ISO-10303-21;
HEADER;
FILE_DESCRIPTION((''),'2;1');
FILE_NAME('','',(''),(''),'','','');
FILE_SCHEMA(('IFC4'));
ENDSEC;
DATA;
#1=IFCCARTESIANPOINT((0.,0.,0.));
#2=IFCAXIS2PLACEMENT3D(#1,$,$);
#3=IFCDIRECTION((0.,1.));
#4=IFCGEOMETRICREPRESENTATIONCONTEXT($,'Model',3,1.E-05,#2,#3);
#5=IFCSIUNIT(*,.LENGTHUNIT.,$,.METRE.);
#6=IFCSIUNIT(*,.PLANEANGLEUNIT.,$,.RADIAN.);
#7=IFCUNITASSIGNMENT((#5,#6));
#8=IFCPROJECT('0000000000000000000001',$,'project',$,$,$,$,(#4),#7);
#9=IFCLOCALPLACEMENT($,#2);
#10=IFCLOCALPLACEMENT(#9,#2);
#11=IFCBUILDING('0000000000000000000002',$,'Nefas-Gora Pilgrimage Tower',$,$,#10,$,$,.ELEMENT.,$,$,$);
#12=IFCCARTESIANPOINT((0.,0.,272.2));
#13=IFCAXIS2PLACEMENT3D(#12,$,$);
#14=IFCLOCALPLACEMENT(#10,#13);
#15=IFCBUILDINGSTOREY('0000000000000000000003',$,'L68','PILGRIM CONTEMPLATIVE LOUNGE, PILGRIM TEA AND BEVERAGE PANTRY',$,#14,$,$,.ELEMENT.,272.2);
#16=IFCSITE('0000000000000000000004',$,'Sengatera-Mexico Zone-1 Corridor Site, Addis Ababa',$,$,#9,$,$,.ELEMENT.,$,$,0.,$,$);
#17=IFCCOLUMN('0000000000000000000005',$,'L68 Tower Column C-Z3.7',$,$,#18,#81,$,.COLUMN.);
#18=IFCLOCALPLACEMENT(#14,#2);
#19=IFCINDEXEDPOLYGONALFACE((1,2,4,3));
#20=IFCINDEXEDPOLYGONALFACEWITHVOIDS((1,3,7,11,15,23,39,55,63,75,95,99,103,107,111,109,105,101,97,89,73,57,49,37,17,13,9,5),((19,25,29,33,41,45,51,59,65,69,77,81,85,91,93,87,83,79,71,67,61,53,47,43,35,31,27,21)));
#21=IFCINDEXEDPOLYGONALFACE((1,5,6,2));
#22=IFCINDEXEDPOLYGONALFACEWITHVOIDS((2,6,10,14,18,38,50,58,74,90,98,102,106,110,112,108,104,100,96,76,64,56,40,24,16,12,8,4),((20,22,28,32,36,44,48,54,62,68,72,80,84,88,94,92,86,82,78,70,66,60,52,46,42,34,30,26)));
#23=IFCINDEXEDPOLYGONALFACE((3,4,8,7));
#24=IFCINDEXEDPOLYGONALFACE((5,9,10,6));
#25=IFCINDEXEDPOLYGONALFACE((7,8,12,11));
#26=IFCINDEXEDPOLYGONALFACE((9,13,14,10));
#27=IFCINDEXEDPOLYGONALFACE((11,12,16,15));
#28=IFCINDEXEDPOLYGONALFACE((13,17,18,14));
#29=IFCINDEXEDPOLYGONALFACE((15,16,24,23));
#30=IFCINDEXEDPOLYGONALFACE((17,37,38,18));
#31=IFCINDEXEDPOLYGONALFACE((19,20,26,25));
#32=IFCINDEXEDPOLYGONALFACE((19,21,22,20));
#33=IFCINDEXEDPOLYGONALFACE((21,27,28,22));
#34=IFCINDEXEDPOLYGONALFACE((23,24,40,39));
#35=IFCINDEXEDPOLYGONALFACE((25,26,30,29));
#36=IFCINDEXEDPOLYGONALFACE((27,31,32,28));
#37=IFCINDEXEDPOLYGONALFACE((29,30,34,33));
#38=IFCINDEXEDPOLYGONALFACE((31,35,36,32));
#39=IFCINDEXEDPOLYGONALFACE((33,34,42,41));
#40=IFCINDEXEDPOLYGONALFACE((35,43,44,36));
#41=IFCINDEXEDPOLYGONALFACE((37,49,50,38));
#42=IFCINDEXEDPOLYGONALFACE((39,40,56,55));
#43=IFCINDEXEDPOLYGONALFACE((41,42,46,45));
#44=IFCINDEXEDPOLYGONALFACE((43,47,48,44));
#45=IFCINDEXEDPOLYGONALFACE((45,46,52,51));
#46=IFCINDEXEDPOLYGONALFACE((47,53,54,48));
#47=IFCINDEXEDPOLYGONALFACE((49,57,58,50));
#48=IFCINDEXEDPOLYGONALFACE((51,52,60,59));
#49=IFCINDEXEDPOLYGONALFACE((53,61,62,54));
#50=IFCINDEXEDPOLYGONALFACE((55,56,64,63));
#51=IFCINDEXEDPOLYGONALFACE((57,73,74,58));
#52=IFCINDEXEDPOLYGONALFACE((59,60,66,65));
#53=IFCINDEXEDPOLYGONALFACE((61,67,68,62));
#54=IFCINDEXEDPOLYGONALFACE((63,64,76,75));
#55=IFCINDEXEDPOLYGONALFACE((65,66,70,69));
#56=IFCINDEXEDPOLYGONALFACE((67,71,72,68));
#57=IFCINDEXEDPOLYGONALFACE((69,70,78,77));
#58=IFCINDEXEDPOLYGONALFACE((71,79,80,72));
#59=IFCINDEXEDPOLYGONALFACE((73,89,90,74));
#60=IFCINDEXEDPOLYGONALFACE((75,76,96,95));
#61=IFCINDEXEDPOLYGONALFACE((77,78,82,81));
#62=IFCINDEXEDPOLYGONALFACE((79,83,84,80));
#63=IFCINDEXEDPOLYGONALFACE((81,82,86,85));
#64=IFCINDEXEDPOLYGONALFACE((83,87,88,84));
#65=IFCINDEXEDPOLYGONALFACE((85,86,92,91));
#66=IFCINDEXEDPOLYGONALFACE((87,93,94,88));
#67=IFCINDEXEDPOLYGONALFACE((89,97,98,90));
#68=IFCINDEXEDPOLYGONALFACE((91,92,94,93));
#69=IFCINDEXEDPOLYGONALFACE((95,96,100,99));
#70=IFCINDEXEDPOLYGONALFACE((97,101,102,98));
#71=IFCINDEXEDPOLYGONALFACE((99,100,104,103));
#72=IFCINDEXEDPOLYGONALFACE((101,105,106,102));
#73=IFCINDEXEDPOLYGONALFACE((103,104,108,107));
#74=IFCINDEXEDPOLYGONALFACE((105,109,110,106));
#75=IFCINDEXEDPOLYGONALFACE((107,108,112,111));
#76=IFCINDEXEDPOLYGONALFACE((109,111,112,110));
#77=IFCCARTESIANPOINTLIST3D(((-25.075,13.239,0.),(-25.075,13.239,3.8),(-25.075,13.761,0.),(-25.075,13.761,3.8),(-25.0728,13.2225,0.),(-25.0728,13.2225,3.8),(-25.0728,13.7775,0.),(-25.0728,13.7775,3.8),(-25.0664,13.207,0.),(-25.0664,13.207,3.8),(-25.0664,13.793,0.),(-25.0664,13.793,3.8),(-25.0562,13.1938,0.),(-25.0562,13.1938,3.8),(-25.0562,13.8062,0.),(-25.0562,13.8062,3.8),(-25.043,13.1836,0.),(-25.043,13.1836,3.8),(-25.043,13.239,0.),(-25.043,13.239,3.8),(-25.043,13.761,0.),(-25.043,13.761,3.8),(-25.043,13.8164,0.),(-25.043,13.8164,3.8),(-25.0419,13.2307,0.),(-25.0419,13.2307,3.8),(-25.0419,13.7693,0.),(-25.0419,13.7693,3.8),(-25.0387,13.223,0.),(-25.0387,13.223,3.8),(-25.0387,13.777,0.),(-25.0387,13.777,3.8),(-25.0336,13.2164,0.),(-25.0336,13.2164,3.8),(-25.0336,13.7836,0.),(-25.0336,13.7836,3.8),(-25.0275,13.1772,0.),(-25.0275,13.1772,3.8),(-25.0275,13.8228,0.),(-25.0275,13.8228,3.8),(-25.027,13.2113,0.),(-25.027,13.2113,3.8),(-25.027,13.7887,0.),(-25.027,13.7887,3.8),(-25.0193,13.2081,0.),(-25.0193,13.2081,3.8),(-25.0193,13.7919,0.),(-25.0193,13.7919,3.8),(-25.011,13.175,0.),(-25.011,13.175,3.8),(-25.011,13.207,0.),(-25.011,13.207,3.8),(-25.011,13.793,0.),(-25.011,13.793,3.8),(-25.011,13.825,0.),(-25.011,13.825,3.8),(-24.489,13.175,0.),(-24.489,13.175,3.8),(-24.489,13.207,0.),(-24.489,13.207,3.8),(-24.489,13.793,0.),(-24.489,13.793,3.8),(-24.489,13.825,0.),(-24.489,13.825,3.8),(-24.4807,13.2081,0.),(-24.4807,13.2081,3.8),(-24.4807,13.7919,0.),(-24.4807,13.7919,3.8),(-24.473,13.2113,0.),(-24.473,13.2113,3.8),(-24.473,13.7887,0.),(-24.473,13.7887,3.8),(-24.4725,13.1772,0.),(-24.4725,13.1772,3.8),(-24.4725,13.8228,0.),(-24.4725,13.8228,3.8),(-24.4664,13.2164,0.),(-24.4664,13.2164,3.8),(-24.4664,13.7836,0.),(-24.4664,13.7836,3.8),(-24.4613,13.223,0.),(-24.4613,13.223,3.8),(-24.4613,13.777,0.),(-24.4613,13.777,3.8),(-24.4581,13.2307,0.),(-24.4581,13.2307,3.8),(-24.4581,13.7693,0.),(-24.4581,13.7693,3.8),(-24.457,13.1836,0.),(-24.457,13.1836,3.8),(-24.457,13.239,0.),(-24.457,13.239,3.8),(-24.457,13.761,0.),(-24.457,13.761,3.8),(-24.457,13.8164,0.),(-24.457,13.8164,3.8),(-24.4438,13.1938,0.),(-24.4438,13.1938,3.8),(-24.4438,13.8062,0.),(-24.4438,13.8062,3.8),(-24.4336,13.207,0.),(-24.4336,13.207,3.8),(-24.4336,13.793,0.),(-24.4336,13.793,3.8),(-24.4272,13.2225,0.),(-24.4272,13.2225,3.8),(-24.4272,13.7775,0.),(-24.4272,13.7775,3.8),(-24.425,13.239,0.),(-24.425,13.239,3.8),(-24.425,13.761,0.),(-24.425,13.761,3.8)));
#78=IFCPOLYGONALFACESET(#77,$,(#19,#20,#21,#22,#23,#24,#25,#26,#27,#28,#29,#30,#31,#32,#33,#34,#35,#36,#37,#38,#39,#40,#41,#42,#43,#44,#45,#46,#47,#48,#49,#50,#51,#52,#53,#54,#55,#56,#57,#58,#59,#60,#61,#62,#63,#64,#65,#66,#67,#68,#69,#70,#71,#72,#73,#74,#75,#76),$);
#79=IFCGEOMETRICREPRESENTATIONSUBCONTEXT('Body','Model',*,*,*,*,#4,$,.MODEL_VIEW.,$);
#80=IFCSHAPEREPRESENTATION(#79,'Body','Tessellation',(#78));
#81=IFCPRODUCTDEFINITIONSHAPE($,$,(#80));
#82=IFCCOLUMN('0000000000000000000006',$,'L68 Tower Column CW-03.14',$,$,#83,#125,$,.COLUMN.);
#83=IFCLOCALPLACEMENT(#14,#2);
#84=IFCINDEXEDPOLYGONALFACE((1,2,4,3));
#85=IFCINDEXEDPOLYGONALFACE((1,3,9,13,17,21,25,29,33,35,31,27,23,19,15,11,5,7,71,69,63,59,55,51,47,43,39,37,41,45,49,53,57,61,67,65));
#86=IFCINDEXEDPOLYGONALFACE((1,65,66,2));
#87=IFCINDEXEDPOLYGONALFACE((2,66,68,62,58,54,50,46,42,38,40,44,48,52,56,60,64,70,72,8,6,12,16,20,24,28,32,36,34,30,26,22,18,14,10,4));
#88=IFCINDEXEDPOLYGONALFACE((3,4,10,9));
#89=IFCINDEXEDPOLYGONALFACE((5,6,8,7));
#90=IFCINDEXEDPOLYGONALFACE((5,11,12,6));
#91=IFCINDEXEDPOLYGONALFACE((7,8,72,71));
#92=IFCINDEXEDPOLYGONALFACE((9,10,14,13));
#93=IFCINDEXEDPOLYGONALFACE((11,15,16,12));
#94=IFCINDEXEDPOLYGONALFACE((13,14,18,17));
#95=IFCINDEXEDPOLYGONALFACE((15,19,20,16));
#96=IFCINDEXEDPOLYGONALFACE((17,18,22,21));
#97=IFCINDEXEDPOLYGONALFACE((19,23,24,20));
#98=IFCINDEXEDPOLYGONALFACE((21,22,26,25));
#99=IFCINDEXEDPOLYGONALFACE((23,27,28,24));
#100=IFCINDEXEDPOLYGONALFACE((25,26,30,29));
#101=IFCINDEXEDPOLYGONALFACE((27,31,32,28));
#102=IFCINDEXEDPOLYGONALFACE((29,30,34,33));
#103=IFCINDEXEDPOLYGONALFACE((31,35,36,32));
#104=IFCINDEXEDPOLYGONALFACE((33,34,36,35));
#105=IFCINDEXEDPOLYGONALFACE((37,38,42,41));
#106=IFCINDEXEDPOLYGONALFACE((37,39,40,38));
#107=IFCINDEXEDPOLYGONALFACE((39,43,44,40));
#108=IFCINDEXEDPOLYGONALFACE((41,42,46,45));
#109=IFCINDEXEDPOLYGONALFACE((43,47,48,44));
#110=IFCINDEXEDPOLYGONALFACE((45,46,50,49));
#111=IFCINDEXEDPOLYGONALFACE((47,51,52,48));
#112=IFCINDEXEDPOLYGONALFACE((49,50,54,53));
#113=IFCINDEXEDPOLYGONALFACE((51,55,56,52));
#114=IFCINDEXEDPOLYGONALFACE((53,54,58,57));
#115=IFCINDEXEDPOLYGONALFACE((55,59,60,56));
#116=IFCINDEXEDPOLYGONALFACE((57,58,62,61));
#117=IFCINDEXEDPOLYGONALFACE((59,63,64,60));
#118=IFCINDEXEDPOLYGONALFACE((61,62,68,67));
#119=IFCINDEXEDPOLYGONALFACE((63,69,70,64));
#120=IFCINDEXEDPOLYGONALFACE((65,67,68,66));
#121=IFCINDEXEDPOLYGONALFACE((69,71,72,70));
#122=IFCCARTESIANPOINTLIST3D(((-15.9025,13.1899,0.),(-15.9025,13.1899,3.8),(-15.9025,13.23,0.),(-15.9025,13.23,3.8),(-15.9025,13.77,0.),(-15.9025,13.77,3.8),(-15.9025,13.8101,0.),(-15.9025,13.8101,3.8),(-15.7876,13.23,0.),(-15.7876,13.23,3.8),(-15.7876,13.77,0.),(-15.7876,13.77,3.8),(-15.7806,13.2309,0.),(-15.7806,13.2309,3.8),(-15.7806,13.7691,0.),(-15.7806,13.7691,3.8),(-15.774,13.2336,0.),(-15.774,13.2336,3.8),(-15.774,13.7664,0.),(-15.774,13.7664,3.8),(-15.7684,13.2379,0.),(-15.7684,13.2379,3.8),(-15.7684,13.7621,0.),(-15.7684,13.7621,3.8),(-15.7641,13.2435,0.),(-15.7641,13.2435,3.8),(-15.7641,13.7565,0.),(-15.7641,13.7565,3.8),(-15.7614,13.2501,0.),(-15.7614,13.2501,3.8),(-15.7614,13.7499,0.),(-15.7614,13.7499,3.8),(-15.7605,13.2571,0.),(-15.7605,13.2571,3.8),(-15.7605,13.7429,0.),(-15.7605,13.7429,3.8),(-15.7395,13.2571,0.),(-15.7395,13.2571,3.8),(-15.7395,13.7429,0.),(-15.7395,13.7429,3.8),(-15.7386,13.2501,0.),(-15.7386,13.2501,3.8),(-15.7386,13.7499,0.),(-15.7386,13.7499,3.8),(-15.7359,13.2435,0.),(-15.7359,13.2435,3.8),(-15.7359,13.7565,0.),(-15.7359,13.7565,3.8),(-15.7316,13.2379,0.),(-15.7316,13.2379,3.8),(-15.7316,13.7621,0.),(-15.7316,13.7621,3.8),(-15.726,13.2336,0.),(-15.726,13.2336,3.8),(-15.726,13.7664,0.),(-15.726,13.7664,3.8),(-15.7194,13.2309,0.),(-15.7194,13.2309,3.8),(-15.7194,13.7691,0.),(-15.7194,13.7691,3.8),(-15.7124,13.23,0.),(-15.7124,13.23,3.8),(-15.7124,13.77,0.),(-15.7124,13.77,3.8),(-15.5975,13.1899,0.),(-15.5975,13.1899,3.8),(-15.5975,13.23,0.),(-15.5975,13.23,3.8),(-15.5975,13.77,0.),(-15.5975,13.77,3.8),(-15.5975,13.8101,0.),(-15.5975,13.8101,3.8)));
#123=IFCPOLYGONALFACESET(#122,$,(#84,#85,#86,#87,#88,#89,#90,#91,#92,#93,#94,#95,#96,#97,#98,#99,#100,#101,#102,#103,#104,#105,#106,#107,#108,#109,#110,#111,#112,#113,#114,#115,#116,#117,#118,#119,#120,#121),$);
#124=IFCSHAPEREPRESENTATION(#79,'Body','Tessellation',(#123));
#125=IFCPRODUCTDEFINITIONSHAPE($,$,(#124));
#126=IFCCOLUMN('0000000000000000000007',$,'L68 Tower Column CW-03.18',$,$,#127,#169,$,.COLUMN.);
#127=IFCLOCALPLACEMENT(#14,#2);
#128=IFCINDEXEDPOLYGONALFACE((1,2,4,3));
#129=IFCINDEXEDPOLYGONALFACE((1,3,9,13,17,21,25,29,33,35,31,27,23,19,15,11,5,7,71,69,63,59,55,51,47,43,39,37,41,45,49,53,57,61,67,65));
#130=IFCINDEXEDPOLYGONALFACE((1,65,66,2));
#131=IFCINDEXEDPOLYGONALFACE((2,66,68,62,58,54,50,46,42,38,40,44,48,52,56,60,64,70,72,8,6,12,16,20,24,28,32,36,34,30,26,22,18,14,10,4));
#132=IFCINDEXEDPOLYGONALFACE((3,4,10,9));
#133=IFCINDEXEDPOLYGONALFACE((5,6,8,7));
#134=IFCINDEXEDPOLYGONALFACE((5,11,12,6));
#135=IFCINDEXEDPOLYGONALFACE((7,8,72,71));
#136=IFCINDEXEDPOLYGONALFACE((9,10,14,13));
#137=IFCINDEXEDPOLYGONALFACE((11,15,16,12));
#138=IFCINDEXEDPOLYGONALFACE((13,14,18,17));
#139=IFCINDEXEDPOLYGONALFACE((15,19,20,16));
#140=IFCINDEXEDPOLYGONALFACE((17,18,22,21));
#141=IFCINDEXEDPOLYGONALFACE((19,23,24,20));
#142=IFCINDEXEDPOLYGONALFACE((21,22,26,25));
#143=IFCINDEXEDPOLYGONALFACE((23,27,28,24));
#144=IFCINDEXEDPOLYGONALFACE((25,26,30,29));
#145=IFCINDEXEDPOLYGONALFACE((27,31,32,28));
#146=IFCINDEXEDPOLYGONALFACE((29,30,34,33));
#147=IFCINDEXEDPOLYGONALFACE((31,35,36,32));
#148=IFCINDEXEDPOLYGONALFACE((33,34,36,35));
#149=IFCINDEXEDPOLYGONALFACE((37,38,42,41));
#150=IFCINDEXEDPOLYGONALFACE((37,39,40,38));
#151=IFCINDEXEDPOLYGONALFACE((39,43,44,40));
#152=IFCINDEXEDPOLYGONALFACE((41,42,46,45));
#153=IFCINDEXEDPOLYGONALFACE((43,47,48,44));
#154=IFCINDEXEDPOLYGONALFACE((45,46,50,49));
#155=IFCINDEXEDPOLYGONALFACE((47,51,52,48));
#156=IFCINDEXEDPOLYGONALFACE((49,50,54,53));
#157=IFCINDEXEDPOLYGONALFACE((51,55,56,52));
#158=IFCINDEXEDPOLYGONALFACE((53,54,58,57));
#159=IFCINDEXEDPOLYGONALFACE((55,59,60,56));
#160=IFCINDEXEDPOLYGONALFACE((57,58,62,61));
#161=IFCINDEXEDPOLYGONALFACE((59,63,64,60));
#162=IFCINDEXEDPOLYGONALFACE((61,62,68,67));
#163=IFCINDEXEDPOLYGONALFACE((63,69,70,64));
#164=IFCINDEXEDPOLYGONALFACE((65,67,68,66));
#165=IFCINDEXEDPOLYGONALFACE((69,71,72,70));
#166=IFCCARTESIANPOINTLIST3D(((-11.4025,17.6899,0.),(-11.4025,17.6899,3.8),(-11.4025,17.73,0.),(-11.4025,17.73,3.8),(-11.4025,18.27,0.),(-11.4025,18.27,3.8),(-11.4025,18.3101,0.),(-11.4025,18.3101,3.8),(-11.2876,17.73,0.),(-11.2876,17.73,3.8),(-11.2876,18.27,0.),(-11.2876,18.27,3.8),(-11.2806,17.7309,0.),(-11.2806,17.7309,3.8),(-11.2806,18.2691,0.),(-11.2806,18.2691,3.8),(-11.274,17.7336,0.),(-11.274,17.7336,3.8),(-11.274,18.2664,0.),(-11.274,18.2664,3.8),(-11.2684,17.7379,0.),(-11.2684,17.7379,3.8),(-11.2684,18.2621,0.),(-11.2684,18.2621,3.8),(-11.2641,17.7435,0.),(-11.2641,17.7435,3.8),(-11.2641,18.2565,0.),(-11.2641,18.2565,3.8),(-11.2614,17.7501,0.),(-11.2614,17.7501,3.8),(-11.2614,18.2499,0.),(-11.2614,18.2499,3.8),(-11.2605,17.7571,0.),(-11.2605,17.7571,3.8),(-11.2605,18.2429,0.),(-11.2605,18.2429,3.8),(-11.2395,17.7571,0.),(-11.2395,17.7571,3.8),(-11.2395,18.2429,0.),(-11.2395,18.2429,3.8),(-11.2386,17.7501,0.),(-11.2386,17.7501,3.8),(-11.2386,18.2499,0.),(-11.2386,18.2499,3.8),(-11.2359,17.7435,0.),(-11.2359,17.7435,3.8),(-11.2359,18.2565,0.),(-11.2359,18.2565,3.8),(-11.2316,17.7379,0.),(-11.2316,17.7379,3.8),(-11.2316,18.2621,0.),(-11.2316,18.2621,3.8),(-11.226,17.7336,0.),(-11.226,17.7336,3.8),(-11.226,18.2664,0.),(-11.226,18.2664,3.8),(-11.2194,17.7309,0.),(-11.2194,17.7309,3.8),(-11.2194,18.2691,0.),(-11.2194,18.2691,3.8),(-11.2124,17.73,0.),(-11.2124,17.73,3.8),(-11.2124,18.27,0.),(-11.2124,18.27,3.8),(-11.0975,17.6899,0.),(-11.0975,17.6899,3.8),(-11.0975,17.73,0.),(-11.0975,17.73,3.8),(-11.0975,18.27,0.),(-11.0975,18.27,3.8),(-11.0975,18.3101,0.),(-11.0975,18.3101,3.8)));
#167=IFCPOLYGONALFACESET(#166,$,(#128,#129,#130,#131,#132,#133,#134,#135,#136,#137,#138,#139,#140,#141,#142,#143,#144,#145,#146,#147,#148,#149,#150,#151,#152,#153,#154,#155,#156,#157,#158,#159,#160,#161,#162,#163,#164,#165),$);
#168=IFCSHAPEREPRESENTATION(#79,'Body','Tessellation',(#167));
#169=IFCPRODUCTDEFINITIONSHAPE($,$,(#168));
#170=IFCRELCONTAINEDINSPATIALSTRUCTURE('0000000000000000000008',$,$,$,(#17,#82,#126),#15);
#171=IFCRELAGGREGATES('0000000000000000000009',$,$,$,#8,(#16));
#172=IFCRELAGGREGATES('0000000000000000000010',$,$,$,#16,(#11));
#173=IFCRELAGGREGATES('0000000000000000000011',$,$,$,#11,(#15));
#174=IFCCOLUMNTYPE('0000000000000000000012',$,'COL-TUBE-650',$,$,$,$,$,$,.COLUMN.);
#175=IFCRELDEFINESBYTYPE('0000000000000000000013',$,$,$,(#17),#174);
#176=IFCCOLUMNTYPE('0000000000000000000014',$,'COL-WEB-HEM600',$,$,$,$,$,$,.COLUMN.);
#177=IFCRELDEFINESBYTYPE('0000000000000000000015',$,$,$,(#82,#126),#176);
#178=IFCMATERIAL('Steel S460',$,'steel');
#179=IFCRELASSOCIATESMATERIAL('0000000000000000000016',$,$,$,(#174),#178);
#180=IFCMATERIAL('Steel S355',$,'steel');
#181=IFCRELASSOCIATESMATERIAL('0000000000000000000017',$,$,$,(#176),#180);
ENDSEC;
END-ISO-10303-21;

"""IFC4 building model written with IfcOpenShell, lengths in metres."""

from ifc_helpers import new_model, si_unit, direction, frame, origin, origin_2d, place, context, subcontext, project, spatial, hollow_rectangle, i_section, extrude, source, transform, mapped, material, material_profile, profile_set, type_object, element, save


model = new_model("IFC4")

# Units and contexts
model_context = context("Model", 3, precision=1e-05, world=origin(), true_north=direction((0.0, 1.0)))
body_context = subcontext(model_context, "Body", "Model", "MODEL_VIEW")
ifc_project = project(units=[si_unit("LENGTHUNIT", "METRE"), si_unit("PLANEANGLEUNIT", "RADIAN")], contexts=[model_context])

# Site, building, storey
site_placement = place(None, origin())
site = spatial("IfcSite", under=ifc_project, at=site_placement, Name="Sengatera-Mexico Zone-1 Corridor Site, Addis Ababa", CompositionType="ELEMENT", RefElevation=0.0)
building_placement = place(site_placement, origin())
building = spatial("IfcBuilding", under=site, at=building_placement, Name="Nefas-Gora Pilgrimage Tower", CompositionType="ELEMENT")
storey_placement = place(building_placement, frame((0.0, 0.0, 272.2)))
storey = spatial("IfcBuildingStorey", under=building, at=storey_placement, Name="L68", Description="PILGRIM CONTEMPLATIVE LOUNGE, PILGRIM TEA AND BEVERAGE PANTRY", CompositionType="ELEMENT", Elevation=272.2)

# Columns
ifc_material_1 = material(Name="Steel S460", Category="steel")
ifc_material_profile_1 = material_profile(ifc_material_1, hollow_rectangle(XDim=0.6499, YDim=0.6499, WallThickness=0.032, InnerFilletRadius=0.032, OuterFilletRadius=0.064, at=origin_2d()), Name="BOX 650x650x32")
ifc_profile_set_1 = profile_set([ifc_material_profile_1], Name="Steel S460")
column_type_1 = type_object("IfcColumnType", Name="COL-TUBE-650", PredefinedType="COLUMN", material=ifc_profile_set_1)
shared_shape_1 = source(origin(), body_context, "Body", "SweptSolid", [
    extrude(hollow_rectangle(XDim=0.6499, YDim=0.6499, WallThickness=0.032, InnerFilletRadius=0.032, OuterFilletRadius=0.064, at=origin_2d()), origin(), (0.0, 0.0, 1.0), 3.8),
])
column_placement = place(storey_placement, frame((-24.75, 13.5, 0.0), z_axis=(0.0, 0.0, 1.0), x_axis=(1.0, 0.0, 0.0)))
element("IfcColumn", 1, at=column_placement, inside=storey, type_object=column_type_1, Name="L68 Tower Column C-Z3.7", PredefinedType="COLUMN", context=body_context, shape_type="MappedRepresentation", body=[
    mapped(shared_shape_1, transform((0.0, 0.0, 0.0), x_axis=(1.0, 0.0, 0.0), y_axis=(0.0, 1.0, 0.0), z_axis=(0.0, 0.0, 1.0), scale=1.0)),
])
ifc_material_2 = material(Name="Steel S355", Category="steel")
ifc_material_profile_2 = material_profile(ifc_material_2, i_section(OverallWidth=0.3049, OverallDepth=0.6201, WebThickness=0.021, FlangeThickness=0.04, FilletRadius=0.0271, at=origin_2d()), Name="HEM 600")
ifc_profile_set_2 = profile_set([ifc_material_profile_2], Name="Steel S355")
column_type_2 = type_object("IfcColumnType", Name="COL-WEB-HEM600", PredefinedType="COLUMN", material=ifc_profile_set_2)
shared_shape_2 = source(origin(), body_context, "Body", "SweptSolid", [
    extrude(i_section(OverallWidth=0.3049, OverallDepth=0.6201, WebThickness=0.021, FlangeThickness=0.04, FilletRadius=0.0271, at=origin_2d()), origin(), (0.0, 0.0, 1.0), 3.8),
])
for number, where, z_axis, x_axis, name in (
    (2, (-15.75, 13.5, 0.0), (0.0, 0.0, 1.0), (1.0, 0.0, 0.0), "L68 Tower Column CW-03.14"),
    (3, (-11.25, 18.0, 0.0), (0.0, 0.0, 1.0), (1.0, 0.0, 0.0), "L68 Tower Column CW-03.18"),
):
    element("IfcColumn", number, at=place(storey_placement, frame(where, z_axis=z_axis, x_axis=x_axis)), inside=storey, type_object=column_type_2, Name=name, PredefinedType="COLUMN", context=body_context, shape_type="MappedRepresentation", body=[
        mapped(shared_shape_2, transform((0.0, 0.0, 0.0), x_axis=(1.0, 0.0, 0.0), y_axis=(0.0, 1.0, 0.0), z_axis=(0.0, 0.0, 1.0), scale=1.0)),
    ])

save(model, "model.ifc")
